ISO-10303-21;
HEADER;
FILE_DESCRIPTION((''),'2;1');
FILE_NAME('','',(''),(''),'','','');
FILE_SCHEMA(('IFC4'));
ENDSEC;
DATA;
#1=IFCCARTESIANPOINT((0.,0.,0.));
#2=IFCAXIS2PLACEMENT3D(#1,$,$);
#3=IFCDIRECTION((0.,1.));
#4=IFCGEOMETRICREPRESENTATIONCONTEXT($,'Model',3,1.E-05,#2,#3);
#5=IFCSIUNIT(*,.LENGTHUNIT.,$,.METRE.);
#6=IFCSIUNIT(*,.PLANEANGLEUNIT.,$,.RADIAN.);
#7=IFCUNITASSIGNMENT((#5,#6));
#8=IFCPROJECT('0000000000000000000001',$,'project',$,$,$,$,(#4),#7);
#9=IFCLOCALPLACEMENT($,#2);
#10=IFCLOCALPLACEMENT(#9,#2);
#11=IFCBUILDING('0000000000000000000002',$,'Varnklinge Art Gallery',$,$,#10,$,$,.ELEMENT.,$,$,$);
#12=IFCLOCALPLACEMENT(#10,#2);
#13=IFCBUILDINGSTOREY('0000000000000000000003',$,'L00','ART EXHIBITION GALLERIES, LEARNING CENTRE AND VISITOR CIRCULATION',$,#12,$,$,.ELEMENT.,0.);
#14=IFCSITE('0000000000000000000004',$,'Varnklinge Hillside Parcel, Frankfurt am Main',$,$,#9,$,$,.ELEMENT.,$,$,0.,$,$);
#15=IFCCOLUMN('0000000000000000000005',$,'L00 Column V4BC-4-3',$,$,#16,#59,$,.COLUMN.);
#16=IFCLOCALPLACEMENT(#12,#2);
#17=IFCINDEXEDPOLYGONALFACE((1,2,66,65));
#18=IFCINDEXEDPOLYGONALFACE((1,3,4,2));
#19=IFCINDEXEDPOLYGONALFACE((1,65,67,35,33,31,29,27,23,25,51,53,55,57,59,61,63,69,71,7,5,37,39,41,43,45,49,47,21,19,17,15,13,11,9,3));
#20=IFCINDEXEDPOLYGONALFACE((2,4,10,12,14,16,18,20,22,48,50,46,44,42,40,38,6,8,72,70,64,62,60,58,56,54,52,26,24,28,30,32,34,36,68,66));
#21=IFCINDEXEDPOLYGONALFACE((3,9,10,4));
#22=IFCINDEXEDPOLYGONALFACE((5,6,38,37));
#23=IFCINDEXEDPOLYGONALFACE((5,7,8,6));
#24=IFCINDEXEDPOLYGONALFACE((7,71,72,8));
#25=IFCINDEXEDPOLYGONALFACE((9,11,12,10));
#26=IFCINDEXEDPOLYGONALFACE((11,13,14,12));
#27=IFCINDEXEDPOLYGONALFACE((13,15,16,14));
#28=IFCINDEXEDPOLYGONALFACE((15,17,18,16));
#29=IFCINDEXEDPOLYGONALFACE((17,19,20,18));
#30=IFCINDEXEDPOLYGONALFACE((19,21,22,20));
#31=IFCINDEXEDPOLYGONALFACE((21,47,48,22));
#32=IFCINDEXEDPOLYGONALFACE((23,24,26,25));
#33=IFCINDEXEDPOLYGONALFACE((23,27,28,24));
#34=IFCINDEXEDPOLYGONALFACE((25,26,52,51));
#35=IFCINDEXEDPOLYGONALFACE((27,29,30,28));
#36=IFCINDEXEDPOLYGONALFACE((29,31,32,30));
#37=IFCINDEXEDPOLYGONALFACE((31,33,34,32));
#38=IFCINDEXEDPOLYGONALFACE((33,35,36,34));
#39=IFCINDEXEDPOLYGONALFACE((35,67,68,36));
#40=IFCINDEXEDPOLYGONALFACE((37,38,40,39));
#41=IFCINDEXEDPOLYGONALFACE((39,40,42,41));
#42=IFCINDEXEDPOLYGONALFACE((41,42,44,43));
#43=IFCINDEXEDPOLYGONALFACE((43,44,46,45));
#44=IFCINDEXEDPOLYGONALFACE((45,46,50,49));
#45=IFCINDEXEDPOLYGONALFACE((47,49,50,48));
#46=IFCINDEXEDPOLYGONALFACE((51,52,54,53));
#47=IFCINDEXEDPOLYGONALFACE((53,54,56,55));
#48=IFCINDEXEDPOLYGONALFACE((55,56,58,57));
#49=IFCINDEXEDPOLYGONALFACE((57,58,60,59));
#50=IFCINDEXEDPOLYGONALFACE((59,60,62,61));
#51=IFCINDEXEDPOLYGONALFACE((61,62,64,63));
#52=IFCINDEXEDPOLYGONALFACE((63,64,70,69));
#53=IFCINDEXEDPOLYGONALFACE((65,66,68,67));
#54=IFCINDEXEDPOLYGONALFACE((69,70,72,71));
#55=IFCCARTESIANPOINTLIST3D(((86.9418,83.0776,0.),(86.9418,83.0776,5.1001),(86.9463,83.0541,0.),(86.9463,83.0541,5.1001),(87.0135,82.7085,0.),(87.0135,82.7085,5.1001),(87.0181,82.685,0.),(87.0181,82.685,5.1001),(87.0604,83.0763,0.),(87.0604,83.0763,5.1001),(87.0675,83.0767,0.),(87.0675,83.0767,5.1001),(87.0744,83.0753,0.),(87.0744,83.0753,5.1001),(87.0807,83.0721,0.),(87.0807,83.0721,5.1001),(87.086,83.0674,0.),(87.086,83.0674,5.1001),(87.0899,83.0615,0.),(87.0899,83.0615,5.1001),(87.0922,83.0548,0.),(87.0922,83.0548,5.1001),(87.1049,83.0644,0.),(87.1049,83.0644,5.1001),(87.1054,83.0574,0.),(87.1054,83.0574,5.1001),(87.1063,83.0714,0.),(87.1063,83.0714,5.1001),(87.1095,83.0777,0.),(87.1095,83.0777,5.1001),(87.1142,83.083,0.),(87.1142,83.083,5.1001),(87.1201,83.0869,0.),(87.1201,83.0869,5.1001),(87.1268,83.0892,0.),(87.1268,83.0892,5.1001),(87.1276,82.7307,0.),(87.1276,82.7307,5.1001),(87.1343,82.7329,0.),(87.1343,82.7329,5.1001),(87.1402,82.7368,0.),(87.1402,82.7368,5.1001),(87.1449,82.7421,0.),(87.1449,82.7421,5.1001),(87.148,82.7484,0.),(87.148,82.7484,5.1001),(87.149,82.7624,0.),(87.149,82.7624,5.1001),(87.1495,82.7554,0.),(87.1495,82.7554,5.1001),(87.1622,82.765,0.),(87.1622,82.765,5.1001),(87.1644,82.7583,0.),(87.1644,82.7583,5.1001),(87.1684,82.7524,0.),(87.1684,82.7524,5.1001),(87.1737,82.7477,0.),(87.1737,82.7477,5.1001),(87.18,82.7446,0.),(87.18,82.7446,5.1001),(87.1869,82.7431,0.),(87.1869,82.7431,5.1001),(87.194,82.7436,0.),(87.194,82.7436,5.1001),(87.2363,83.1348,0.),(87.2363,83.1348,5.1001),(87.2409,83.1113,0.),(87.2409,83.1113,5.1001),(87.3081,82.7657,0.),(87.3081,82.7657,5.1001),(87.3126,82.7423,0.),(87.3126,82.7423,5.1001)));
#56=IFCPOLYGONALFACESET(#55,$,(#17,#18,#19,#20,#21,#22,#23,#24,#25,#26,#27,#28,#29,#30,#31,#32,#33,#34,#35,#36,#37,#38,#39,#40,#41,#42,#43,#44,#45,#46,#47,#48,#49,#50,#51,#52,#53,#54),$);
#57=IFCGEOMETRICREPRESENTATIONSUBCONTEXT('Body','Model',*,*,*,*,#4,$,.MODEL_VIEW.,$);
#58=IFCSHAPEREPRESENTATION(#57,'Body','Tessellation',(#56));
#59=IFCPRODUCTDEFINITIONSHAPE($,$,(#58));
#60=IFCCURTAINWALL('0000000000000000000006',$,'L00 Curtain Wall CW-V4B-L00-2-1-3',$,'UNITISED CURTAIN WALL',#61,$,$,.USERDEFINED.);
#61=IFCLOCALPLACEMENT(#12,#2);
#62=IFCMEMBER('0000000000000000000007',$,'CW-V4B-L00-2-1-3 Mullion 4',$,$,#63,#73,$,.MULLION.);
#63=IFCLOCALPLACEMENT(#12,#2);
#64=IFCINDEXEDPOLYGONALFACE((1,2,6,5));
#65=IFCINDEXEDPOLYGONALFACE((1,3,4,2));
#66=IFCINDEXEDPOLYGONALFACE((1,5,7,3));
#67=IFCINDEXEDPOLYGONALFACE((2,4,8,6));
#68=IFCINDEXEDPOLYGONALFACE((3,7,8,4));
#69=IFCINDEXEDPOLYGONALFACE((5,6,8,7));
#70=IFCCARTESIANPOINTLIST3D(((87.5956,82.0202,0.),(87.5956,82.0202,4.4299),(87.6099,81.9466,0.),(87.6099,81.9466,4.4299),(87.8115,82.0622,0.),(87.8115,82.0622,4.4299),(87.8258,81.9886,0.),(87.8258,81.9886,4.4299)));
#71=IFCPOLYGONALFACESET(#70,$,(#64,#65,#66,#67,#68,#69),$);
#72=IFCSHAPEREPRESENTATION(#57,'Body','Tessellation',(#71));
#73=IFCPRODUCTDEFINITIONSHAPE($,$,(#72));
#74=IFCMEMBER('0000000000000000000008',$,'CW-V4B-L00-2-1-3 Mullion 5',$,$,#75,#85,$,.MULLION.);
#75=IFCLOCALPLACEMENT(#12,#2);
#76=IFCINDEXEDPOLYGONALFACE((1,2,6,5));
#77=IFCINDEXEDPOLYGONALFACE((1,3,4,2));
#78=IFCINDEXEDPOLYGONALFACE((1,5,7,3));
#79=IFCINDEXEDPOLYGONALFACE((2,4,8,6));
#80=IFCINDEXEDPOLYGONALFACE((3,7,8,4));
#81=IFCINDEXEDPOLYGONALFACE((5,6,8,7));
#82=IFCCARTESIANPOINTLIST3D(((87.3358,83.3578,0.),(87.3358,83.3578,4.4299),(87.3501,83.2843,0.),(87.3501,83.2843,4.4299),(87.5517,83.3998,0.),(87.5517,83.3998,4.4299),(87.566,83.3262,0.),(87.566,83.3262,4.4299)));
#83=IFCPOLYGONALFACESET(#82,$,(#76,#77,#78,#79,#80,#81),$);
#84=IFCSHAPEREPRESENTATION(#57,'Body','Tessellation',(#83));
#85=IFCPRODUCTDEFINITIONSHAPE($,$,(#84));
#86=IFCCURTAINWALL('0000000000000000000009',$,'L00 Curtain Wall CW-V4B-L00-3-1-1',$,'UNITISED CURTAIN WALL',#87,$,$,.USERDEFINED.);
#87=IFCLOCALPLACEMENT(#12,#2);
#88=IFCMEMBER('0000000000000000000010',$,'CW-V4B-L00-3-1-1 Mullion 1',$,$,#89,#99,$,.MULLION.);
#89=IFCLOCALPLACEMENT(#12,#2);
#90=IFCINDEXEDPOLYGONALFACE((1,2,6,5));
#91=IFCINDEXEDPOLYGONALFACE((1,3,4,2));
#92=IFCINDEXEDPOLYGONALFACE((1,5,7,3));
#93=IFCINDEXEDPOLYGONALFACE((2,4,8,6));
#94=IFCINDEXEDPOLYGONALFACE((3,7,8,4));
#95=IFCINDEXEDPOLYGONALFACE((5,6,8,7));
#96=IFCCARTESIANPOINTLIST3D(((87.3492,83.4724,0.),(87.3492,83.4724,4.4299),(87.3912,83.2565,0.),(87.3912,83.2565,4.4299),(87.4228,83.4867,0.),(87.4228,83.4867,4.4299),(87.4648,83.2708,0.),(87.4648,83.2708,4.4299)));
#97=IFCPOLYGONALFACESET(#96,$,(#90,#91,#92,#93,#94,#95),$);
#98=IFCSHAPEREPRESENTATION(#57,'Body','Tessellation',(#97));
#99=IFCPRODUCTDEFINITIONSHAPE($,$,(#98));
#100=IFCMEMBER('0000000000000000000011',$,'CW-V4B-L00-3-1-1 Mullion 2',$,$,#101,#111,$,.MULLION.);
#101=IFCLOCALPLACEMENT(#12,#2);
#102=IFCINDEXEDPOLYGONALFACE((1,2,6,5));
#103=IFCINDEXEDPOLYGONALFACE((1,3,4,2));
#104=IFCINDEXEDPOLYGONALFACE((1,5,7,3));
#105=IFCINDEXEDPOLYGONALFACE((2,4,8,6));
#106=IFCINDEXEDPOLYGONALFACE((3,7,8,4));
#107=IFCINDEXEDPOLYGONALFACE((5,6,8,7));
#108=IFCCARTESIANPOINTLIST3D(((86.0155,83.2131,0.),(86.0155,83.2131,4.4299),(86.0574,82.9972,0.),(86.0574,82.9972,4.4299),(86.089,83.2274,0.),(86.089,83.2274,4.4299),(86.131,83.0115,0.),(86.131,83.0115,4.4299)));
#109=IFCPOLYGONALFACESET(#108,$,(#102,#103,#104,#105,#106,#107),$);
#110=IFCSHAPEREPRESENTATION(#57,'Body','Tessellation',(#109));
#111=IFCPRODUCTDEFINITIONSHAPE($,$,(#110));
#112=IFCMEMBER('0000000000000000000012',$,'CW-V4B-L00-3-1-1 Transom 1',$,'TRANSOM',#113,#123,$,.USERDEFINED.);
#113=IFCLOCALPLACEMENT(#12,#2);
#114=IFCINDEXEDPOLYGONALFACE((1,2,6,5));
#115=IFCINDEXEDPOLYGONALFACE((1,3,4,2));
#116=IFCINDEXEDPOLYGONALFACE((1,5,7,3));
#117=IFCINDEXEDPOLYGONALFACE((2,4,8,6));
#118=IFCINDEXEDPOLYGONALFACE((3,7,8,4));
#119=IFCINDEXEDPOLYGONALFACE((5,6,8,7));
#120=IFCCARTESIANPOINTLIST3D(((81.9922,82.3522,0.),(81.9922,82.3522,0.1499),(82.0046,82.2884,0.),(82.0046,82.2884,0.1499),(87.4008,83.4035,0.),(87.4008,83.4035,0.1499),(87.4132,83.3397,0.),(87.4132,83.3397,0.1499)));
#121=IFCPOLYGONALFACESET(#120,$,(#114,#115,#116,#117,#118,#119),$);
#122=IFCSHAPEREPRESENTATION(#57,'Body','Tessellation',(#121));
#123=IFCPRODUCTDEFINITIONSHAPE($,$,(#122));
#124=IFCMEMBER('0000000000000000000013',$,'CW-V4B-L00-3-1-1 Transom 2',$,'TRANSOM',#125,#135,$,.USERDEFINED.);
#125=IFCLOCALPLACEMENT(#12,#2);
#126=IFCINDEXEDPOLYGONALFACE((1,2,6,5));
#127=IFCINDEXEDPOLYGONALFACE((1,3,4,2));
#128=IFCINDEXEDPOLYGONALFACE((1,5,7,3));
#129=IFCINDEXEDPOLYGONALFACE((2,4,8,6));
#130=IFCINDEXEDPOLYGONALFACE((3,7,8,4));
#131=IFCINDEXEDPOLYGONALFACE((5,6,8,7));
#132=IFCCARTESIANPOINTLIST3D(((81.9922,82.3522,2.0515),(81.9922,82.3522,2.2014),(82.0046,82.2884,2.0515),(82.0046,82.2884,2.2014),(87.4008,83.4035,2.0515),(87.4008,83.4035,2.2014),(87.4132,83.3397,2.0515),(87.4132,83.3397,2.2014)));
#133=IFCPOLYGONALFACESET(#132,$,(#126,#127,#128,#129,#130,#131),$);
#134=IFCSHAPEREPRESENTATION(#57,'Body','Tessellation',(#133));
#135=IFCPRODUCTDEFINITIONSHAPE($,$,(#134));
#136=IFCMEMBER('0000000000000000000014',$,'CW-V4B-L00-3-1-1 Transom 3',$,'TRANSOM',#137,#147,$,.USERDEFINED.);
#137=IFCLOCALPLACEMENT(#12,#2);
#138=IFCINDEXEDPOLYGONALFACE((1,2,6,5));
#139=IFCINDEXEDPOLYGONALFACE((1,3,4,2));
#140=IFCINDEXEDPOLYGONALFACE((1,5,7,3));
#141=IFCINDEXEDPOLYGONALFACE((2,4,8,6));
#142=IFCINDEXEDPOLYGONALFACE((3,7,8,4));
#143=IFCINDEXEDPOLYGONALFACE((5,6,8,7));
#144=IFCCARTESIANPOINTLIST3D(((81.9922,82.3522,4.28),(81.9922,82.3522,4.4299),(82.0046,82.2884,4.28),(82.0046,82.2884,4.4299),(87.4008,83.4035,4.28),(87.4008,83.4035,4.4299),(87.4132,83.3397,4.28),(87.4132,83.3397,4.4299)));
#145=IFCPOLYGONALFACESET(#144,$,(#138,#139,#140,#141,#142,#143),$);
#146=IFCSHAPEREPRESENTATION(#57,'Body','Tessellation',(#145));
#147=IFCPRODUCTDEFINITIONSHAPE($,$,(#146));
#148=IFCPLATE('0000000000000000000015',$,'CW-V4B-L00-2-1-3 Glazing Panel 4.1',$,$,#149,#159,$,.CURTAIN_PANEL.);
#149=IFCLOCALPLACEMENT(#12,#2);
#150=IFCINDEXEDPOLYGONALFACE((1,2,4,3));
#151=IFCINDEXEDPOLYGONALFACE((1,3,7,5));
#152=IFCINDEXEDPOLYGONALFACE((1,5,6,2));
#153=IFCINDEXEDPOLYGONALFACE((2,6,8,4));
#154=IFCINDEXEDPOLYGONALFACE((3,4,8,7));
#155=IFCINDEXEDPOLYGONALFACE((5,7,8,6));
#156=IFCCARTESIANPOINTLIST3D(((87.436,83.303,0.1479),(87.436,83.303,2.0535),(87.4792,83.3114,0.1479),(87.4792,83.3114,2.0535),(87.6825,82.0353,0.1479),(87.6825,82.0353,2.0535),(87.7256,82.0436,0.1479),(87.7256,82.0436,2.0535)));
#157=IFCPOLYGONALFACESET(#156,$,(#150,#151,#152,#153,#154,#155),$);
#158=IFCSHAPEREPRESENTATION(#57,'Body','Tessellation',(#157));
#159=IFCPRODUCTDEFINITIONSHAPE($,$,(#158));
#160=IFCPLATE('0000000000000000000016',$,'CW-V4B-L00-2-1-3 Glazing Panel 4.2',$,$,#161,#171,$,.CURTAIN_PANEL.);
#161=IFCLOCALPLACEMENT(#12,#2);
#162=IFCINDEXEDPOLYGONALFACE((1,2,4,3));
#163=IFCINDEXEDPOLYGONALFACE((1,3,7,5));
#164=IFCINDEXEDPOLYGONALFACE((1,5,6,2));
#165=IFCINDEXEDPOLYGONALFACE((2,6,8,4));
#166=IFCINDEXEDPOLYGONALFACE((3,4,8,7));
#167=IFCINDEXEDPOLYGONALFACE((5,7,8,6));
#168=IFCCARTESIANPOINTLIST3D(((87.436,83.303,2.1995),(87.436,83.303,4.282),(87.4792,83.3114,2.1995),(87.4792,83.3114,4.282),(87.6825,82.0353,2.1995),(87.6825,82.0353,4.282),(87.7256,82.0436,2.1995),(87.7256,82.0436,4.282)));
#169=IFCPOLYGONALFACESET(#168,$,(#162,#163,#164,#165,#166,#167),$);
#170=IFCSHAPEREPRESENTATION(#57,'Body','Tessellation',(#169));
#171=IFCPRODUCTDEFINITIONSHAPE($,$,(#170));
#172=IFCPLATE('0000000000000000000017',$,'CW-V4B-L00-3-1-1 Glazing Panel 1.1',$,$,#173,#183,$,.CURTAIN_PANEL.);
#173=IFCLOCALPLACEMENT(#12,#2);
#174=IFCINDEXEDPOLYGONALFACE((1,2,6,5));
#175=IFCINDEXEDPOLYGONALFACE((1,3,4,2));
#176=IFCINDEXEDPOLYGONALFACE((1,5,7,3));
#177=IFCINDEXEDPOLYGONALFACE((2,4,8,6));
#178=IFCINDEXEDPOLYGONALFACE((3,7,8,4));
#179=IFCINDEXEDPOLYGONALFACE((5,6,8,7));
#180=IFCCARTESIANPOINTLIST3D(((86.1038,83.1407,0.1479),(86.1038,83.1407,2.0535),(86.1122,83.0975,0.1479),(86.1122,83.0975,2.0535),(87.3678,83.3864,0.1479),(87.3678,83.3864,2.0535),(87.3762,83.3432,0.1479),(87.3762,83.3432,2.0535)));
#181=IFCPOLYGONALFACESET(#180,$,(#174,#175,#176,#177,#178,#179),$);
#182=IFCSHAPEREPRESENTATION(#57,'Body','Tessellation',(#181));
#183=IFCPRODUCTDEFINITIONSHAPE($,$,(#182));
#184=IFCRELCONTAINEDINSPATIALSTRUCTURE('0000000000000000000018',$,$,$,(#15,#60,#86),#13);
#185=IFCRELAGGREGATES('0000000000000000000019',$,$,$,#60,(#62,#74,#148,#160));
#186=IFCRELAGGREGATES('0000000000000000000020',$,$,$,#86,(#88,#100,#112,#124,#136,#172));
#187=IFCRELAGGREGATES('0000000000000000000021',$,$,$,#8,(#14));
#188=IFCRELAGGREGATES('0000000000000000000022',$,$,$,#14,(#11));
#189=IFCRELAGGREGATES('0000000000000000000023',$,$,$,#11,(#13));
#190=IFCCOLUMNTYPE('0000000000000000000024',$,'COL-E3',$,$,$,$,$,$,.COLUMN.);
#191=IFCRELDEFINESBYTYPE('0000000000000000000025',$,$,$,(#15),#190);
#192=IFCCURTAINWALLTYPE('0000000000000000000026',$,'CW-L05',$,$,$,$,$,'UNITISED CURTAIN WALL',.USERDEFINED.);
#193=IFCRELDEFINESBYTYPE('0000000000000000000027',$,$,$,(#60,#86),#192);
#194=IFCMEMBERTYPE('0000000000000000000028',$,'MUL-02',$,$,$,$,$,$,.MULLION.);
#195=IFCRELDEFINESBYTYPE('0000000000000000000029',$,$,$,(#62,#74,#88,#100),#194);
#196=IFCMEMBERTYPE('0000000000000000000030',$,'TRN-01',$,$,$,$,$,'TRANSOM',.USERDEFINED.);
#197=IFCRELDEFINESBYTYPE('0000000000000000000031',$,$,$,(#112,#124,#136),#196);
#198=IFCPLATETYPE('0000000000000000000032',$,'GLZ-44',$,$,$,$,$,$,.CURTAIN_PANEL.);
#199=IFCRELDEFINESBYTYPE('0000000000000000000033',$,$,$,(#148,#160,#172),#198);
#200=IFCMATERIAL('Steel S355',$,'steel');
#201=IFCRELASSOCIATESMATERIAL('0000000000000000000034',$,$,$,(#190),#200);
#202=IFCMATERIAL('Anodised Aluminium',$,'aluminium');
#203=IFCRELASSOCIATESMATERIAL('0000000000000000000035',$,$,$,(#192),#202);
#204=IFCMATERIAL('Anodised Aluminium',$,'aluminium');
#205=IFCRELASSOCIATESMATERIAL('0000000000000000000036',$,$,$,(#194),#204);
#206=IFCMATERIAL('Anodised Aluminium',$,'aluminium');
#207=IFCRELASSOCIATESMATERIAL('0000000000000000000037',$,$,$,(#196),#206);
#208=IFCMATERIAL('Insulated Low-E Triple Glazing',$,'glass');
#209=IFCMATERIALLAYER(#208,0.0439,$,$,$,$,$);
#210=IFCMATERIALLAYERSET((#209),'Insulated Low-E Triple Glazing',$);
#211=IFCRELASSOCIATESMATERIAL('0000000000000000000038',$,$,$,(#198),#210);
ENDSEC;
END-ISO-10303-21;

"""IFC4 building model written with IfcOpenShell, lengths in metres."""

from ifc_helpers import new_model, si_unit, direction, frame, origin, origin_2d, place, context, subcontext, project, spatial, rectangle, i_section, extrude, material, layer, layer_set, material_profile, profile_set, type_object, element, aggregate, save


model = new_model("IFC4")

# Units and contexts
model_context = context("Model", 3, precision=1e-05, world=origin(), true_north=direction((0.0, 1.0)))
body_context = subcontext(model_context, "Body", "Model", "MODEL_VIEW")
ifc_project = project(units=[si_unit("LENGTHUNIT", "METRE"), si_unit("PLANEANGLEUNIT", "RADIAN")], contexts=[model_context])

# Site, building, storey
site_placement = place(None, origin())
site = spatial("IfcSite", under=ifc_project, at=site_placement, Name="Varnklinge Hillside Parcel, Frankfurt am Main", CompositionType="ELEMENT", RefElevation=0.0)
building_placement = place(site_placement, origin())
building = spatial("IfcBuilding", under=site, at=building_placement, Name="Varnklinge Art Gallery", CompositionType="ELEMENT")
storey_placement = place(building_placement, origin())
storey = spatial("IfcBuildingStorey", under=building, at=storey_placement, Name="L00", Description="ART EXHIBITION GALLERIES, LEARNING CENTRE AND VISITOR CIRCULATION", CompositionType="ELEMENT", Elevation=0.0)

# Column
ifc_material_1 = material(Name="Steel S355", Category="steel")
ifc_material_profile_1 = material_profile(ifc_material_1, i_section(OverallWidth=0.3, OverallDepth=0.3999, WebThickness=0.0134, FlangeThickness=0.0239, FilletRadius=0.0271, at=origin_2d()), Name="HEB 400")
ifc_profile_set_1 = profile_set([ifc_material_profile_1], Name="Steel S355")
column_type = type_object("IfcColumnType", Name="COL-E3", PredefinedType="COLUMN", material=ifc_profile_set_1)
column_placement = place(storey_placement, frame((87.1272, 82.9099, 0.0), z_axis=(0.0, 0.0, 1.0), x_axis=(0.981627, 0.190809, 0.0)))
element("IfcColumn", 1, at=column_placement, inside=storey, type_object=column_type, Name="L00 Column V4BC-4-3", PredefinedType="COLUMN", context=body_context, shape_type="SweptSolid", body=[
    extrude(i_section(OverallWidth=0.3, OverallDepth=0.3999, WebThickness=0.0134, FlangeThickness=0.0239, FilletRadius=0.0271, at=origin_2d()), origin(), (0.0, 0.0, 1.0), 5.1001),
])

# Curtain walls, members
ifc_material_2 = material(Name="Anodised Aluminium", Category="aluminium")
curtain_wall_type = type_object("IfcCurtainWallType", Name="CW-L05", ElementType="UNITISED CURTAIN WALL", PredefinedType="USERDEFINED", material=ifc_material_2)
curtain_wall_1_placement = place(storey_placement, origin())
curtain_wall_1 = element("IfcCurtainWall", 2, at=curtain_wall_1_placement, inside=storey, type_object=curtain_wall_type, Name="L00 Curtain Wall CW-V4B-L00-2-1-3", ObjectType="UNITISED CURTAIN WALL", PredefinedType="USERDEFINED")
ifc_material_3 = material(Name="Anodised Aluminium", Category="aluminium")
ifc_material_profile_2 = material_profile(ifc_material_3, rectangle(XDim=0.075, YDim=0.22, at=origin_2d()), Name="ALU 75x220")
ifc_profile_set_2 = profile_set([ifc_material_profile_2], Name="Anodised Aluminium")
member_type_1 = type_object("IfcMemberType", Name="MUL-02", PredefinedType="MULLION", material=ifc_profile_set_2)
member_1_placement = place(storey_placement, frame((87.7107, 82.0044, 0.0), z_axis=(0.0, 0.0, 1.0), x_axis=(-0.190809, 0.981627, 0.0)))
member_1 = element("IfcMember", 3, at=member_1_placement, type_object=member_type_1, Name="CW-V4B-L00-2-1-3 Mullion 4", PredefinedType="MULLION", context=body_context, shape_type="SweptSolid", body=[
    extrude(rectangle(XDim=0.075, YDim=0.22, at=origin_2d()), origin(), (0.0, 0.0, 1.0), 4.4299),
])
member_2_placement = place(storey_placement, frame((87.4509, 83.342, 0.0), z_axis=(0.0, 0.0, 1.0), x_axis=(-0.190809, 0.981627, 0.0)))
member_2 = element("IfcMember", 4, at=member_2_placement, type_object=member_type_1, Name="CW-V4B-L00-2-1-3 Mullion 5", PredefinedType="MULLION", context=body_context, shape_type="SweptSolid", body=[
    extrude(rectangle(XDim=0.075, YDim=0.22, at=origin_2d()), origin(), (0.0, 0.0, 1.0), 4.4299),
])
curtain_wall_2_placement = place(storey_placement, origin())
curtain_wall_2 = element("IfcCurtainWall", 5, at=curtain_wall_2_placement, inside=storey, type_object=curtain_wall_type, Name="L00 Curtain Wall CW-V4B-L00-3-1-1", ObjectType="UNITISED CURTAIN WALL", PredefinedType="USERDEFINED")
member_3_placement = place(storey_placement, frame((87.407, 83.3716, 0.0), z_axis=(0.0, 0.0, 1.0), x_axis=(-0.981627, -0.190809, 0.0)))
member_3 = element("IfcMember", 6, at=member_3_placement, type_object=member_type_1, Name="CW-V4B-L00-3-1-1 Mullion 1", PredefinedType="MULLION", context=body_context, shape_type="SweptSolid", body=[
    extrude(rectangle(XDim=0.075, YDim=0.22, at=origin_2d()), origin(), (0.0, 0.0, 1.0), 4.4299),
])
member_4_placement = place(storey_placement, frame((86.0732, 83.1123, 0.0), z_axis=(0.0, 0.0, 1.0), x_axis=(-0.981627, -0.190809, 0.0)))
member_4 = element("IfcMember", 7, at=member_4_placement, type_object=member_type_1, Name="CW-V4B-L00-3-1-1 Mullion 2", PredefinedType="MULLION", context=body_context, shape_type="SweptSolid", body=[
    extrude(rectangle(XDim=0.075, YDim=0.22, at=origin_2d()), origin(), (0.0, 0.0, 1.0), 4.4299),
])
ifc_material_4 = material(Name="Anodised Aluminium", Category="aluminium")
ifc_material_profile_3 = material_profile(ifc_material_4, rectangle(XDim=0.0649, YDim=0.1499, at=origin_2d()), Name="ALU 65x150")
ifc_profile_set_3 = profile_set([ifc_material_profile_3], Name="Anodised Aluminium")
member_type_2 = type_object("IfcMemberType", Name="TRN-01", ElementType="TRANSOM", PredefinedType="USERDEFINED", material=ifc_profile_set_3)
member_5_placement = place(storey_placement, frame((87.407, 83.3716, 0.075), z_axis=(-0.981628, -0.190804, 0.0), x_axis=(0.190804, -0.981628, 0.0)))
member_5 = element("IfcMember", 8, at=member_5_placement, type_object=member_type_2, Name="CW-V4B-L00-3-1-1 Transom 1", ObjectType="TRANSOM", PredefinedType="USERDEFINED", context=body_context, shape_type="SweptSolid", body=[
    extrude(rectangle(XDim=0.0649, YDim=0.1499, at=origin_2d()), origin(), (0.0, 0.0, 1.0), 5.5098),
])
member_6_placement = place(storey_placement, frame((87.407, 83.3716, 2.1265), z_axis=(-0.981628, -0.190804, 0.0), x_axis=(0.190804, -0.981628, 0.0)))
member_6 = element("IfcMember", 9, at=member_6_placement, type_object=member_type_2, Name="CW-V4B-L00-3-1-1 Transom 2", ObjectType="TRANSOM", PredefinedType="USERDEFINED", context=body_context, shape_type="SweptSolid", body=[
    extrude(rectangle(XDim=0.0649, YDim=0.1499, at=origin_2d()), origin(), (0.0, 0.0, 1.0), 5.5098),
])
member_7_placement = place(storey_placement, frame((87.407, 83.3716, 4.355), z_axis=(-0.981628, -0.190804, 0.0), x_axis=(0.190804, -0.981628, 0.0)))
member_7 = element("IfcMember", 10, at=member_7_placement, type_object=member_type_2, Name="CW-V4B-L00-3-1-1 Transom 3", ObjectType="TRANSOM", PredefinedType="USERDEFINED", context=body_context, shape_type="SweptSolid", body=[
    extrude(rectangle(XDim=0.0649, YDim=0.1499, at=origin_2d()), origin(), (0.0, 0.0, 1.0), 5.5098),
])

# Plates
ifc_material_5 = material(Name="Insulated Low-E Triple Glazing", Category="glass")
ifc_layer_1 = layer(ifc_material_5, 0.0439)
ifc_layer_set_1 = layer_set([ifc_layer_1], Name="Insulated Low-E Triple Glazing")
plate_type = type_object("IfcPlateType", Name="GLZ-44", PredefinedType="CURTAIN_PANEL", material=ifc_layer_set_1)
plate_1_placement = place(storey_placement, frame((87.5808, 82.6733, 0.1479), z_axis=(0.0, 0.0, 1.0), x_axis=(-0.190809, 0.981627, 0.0)))
plate_1 = element("IfcPlate", 11, at=plate_1_placement, type_object=plate_type, Name="CW-V4B-L00-2-1-3 Glazing Panel 4.1", PredefinedType="CURTAIN_PANEL", context=body_context, shape_type="SweptSolid", body=[
    extrude(rectangle(XDim=1.2915, YDim=0.0439, at=origin_2d()), origin(), (0.0, 0.0, 1.0), 1.9055),
])
plate_2_placement = place(storey_placement, frame((87.5808, 82.6733, 2.1995), z_axis=(0.0, 0.0, 1.0), x_axis=(-0.190809, 0.981627, 0.0)))
plate_2 = element("IfcPlate", 12, at=plate_2_placement, type_object=plate_type, Name="CW-V4B-L00-2-1-3 Glazing Panel 4.2", PredefinedType="CURTAIN_PANEL", context=body_context, shape_type="SweptSolid", body=[
    extrude(rectangle(XDim=1.2915, YDim=0.0439, at=origin_2d()), origin(), (0.0, 0.0, 1.0), 2.0825),
])
aggregate(curtain_wall_1, [member_1, member_2, plate_1, plate_2])
plate_3_placement = place(storey_placement, frame((86.74, 83.2419, 0.1479), z_axis=(0.0, 0.0, 1.0), x_axis=(-0.981627, -0.190809, 0.0)))
plate_3 = element("IfcPlate", 13, at=plate_3_placement, type_object=plate_type, Name="CW-V4B-L00-3-1-1 Glazing Panel 1.1", PredefinedType="CURTAIN_PANEL", context=body_context, shape_type="SweptSolid", body=[
    extrude(rectangle(XDim=1.2876, YDim=0.0439, at=origin_2d()), origin(), (0.0, 0.0, 1.0), 1.9055),
])
aggregate(curtain_wall_2, [member_3, member_4, member_5, member_6, member_7, plate_3])

save(model, "model.ifc")
